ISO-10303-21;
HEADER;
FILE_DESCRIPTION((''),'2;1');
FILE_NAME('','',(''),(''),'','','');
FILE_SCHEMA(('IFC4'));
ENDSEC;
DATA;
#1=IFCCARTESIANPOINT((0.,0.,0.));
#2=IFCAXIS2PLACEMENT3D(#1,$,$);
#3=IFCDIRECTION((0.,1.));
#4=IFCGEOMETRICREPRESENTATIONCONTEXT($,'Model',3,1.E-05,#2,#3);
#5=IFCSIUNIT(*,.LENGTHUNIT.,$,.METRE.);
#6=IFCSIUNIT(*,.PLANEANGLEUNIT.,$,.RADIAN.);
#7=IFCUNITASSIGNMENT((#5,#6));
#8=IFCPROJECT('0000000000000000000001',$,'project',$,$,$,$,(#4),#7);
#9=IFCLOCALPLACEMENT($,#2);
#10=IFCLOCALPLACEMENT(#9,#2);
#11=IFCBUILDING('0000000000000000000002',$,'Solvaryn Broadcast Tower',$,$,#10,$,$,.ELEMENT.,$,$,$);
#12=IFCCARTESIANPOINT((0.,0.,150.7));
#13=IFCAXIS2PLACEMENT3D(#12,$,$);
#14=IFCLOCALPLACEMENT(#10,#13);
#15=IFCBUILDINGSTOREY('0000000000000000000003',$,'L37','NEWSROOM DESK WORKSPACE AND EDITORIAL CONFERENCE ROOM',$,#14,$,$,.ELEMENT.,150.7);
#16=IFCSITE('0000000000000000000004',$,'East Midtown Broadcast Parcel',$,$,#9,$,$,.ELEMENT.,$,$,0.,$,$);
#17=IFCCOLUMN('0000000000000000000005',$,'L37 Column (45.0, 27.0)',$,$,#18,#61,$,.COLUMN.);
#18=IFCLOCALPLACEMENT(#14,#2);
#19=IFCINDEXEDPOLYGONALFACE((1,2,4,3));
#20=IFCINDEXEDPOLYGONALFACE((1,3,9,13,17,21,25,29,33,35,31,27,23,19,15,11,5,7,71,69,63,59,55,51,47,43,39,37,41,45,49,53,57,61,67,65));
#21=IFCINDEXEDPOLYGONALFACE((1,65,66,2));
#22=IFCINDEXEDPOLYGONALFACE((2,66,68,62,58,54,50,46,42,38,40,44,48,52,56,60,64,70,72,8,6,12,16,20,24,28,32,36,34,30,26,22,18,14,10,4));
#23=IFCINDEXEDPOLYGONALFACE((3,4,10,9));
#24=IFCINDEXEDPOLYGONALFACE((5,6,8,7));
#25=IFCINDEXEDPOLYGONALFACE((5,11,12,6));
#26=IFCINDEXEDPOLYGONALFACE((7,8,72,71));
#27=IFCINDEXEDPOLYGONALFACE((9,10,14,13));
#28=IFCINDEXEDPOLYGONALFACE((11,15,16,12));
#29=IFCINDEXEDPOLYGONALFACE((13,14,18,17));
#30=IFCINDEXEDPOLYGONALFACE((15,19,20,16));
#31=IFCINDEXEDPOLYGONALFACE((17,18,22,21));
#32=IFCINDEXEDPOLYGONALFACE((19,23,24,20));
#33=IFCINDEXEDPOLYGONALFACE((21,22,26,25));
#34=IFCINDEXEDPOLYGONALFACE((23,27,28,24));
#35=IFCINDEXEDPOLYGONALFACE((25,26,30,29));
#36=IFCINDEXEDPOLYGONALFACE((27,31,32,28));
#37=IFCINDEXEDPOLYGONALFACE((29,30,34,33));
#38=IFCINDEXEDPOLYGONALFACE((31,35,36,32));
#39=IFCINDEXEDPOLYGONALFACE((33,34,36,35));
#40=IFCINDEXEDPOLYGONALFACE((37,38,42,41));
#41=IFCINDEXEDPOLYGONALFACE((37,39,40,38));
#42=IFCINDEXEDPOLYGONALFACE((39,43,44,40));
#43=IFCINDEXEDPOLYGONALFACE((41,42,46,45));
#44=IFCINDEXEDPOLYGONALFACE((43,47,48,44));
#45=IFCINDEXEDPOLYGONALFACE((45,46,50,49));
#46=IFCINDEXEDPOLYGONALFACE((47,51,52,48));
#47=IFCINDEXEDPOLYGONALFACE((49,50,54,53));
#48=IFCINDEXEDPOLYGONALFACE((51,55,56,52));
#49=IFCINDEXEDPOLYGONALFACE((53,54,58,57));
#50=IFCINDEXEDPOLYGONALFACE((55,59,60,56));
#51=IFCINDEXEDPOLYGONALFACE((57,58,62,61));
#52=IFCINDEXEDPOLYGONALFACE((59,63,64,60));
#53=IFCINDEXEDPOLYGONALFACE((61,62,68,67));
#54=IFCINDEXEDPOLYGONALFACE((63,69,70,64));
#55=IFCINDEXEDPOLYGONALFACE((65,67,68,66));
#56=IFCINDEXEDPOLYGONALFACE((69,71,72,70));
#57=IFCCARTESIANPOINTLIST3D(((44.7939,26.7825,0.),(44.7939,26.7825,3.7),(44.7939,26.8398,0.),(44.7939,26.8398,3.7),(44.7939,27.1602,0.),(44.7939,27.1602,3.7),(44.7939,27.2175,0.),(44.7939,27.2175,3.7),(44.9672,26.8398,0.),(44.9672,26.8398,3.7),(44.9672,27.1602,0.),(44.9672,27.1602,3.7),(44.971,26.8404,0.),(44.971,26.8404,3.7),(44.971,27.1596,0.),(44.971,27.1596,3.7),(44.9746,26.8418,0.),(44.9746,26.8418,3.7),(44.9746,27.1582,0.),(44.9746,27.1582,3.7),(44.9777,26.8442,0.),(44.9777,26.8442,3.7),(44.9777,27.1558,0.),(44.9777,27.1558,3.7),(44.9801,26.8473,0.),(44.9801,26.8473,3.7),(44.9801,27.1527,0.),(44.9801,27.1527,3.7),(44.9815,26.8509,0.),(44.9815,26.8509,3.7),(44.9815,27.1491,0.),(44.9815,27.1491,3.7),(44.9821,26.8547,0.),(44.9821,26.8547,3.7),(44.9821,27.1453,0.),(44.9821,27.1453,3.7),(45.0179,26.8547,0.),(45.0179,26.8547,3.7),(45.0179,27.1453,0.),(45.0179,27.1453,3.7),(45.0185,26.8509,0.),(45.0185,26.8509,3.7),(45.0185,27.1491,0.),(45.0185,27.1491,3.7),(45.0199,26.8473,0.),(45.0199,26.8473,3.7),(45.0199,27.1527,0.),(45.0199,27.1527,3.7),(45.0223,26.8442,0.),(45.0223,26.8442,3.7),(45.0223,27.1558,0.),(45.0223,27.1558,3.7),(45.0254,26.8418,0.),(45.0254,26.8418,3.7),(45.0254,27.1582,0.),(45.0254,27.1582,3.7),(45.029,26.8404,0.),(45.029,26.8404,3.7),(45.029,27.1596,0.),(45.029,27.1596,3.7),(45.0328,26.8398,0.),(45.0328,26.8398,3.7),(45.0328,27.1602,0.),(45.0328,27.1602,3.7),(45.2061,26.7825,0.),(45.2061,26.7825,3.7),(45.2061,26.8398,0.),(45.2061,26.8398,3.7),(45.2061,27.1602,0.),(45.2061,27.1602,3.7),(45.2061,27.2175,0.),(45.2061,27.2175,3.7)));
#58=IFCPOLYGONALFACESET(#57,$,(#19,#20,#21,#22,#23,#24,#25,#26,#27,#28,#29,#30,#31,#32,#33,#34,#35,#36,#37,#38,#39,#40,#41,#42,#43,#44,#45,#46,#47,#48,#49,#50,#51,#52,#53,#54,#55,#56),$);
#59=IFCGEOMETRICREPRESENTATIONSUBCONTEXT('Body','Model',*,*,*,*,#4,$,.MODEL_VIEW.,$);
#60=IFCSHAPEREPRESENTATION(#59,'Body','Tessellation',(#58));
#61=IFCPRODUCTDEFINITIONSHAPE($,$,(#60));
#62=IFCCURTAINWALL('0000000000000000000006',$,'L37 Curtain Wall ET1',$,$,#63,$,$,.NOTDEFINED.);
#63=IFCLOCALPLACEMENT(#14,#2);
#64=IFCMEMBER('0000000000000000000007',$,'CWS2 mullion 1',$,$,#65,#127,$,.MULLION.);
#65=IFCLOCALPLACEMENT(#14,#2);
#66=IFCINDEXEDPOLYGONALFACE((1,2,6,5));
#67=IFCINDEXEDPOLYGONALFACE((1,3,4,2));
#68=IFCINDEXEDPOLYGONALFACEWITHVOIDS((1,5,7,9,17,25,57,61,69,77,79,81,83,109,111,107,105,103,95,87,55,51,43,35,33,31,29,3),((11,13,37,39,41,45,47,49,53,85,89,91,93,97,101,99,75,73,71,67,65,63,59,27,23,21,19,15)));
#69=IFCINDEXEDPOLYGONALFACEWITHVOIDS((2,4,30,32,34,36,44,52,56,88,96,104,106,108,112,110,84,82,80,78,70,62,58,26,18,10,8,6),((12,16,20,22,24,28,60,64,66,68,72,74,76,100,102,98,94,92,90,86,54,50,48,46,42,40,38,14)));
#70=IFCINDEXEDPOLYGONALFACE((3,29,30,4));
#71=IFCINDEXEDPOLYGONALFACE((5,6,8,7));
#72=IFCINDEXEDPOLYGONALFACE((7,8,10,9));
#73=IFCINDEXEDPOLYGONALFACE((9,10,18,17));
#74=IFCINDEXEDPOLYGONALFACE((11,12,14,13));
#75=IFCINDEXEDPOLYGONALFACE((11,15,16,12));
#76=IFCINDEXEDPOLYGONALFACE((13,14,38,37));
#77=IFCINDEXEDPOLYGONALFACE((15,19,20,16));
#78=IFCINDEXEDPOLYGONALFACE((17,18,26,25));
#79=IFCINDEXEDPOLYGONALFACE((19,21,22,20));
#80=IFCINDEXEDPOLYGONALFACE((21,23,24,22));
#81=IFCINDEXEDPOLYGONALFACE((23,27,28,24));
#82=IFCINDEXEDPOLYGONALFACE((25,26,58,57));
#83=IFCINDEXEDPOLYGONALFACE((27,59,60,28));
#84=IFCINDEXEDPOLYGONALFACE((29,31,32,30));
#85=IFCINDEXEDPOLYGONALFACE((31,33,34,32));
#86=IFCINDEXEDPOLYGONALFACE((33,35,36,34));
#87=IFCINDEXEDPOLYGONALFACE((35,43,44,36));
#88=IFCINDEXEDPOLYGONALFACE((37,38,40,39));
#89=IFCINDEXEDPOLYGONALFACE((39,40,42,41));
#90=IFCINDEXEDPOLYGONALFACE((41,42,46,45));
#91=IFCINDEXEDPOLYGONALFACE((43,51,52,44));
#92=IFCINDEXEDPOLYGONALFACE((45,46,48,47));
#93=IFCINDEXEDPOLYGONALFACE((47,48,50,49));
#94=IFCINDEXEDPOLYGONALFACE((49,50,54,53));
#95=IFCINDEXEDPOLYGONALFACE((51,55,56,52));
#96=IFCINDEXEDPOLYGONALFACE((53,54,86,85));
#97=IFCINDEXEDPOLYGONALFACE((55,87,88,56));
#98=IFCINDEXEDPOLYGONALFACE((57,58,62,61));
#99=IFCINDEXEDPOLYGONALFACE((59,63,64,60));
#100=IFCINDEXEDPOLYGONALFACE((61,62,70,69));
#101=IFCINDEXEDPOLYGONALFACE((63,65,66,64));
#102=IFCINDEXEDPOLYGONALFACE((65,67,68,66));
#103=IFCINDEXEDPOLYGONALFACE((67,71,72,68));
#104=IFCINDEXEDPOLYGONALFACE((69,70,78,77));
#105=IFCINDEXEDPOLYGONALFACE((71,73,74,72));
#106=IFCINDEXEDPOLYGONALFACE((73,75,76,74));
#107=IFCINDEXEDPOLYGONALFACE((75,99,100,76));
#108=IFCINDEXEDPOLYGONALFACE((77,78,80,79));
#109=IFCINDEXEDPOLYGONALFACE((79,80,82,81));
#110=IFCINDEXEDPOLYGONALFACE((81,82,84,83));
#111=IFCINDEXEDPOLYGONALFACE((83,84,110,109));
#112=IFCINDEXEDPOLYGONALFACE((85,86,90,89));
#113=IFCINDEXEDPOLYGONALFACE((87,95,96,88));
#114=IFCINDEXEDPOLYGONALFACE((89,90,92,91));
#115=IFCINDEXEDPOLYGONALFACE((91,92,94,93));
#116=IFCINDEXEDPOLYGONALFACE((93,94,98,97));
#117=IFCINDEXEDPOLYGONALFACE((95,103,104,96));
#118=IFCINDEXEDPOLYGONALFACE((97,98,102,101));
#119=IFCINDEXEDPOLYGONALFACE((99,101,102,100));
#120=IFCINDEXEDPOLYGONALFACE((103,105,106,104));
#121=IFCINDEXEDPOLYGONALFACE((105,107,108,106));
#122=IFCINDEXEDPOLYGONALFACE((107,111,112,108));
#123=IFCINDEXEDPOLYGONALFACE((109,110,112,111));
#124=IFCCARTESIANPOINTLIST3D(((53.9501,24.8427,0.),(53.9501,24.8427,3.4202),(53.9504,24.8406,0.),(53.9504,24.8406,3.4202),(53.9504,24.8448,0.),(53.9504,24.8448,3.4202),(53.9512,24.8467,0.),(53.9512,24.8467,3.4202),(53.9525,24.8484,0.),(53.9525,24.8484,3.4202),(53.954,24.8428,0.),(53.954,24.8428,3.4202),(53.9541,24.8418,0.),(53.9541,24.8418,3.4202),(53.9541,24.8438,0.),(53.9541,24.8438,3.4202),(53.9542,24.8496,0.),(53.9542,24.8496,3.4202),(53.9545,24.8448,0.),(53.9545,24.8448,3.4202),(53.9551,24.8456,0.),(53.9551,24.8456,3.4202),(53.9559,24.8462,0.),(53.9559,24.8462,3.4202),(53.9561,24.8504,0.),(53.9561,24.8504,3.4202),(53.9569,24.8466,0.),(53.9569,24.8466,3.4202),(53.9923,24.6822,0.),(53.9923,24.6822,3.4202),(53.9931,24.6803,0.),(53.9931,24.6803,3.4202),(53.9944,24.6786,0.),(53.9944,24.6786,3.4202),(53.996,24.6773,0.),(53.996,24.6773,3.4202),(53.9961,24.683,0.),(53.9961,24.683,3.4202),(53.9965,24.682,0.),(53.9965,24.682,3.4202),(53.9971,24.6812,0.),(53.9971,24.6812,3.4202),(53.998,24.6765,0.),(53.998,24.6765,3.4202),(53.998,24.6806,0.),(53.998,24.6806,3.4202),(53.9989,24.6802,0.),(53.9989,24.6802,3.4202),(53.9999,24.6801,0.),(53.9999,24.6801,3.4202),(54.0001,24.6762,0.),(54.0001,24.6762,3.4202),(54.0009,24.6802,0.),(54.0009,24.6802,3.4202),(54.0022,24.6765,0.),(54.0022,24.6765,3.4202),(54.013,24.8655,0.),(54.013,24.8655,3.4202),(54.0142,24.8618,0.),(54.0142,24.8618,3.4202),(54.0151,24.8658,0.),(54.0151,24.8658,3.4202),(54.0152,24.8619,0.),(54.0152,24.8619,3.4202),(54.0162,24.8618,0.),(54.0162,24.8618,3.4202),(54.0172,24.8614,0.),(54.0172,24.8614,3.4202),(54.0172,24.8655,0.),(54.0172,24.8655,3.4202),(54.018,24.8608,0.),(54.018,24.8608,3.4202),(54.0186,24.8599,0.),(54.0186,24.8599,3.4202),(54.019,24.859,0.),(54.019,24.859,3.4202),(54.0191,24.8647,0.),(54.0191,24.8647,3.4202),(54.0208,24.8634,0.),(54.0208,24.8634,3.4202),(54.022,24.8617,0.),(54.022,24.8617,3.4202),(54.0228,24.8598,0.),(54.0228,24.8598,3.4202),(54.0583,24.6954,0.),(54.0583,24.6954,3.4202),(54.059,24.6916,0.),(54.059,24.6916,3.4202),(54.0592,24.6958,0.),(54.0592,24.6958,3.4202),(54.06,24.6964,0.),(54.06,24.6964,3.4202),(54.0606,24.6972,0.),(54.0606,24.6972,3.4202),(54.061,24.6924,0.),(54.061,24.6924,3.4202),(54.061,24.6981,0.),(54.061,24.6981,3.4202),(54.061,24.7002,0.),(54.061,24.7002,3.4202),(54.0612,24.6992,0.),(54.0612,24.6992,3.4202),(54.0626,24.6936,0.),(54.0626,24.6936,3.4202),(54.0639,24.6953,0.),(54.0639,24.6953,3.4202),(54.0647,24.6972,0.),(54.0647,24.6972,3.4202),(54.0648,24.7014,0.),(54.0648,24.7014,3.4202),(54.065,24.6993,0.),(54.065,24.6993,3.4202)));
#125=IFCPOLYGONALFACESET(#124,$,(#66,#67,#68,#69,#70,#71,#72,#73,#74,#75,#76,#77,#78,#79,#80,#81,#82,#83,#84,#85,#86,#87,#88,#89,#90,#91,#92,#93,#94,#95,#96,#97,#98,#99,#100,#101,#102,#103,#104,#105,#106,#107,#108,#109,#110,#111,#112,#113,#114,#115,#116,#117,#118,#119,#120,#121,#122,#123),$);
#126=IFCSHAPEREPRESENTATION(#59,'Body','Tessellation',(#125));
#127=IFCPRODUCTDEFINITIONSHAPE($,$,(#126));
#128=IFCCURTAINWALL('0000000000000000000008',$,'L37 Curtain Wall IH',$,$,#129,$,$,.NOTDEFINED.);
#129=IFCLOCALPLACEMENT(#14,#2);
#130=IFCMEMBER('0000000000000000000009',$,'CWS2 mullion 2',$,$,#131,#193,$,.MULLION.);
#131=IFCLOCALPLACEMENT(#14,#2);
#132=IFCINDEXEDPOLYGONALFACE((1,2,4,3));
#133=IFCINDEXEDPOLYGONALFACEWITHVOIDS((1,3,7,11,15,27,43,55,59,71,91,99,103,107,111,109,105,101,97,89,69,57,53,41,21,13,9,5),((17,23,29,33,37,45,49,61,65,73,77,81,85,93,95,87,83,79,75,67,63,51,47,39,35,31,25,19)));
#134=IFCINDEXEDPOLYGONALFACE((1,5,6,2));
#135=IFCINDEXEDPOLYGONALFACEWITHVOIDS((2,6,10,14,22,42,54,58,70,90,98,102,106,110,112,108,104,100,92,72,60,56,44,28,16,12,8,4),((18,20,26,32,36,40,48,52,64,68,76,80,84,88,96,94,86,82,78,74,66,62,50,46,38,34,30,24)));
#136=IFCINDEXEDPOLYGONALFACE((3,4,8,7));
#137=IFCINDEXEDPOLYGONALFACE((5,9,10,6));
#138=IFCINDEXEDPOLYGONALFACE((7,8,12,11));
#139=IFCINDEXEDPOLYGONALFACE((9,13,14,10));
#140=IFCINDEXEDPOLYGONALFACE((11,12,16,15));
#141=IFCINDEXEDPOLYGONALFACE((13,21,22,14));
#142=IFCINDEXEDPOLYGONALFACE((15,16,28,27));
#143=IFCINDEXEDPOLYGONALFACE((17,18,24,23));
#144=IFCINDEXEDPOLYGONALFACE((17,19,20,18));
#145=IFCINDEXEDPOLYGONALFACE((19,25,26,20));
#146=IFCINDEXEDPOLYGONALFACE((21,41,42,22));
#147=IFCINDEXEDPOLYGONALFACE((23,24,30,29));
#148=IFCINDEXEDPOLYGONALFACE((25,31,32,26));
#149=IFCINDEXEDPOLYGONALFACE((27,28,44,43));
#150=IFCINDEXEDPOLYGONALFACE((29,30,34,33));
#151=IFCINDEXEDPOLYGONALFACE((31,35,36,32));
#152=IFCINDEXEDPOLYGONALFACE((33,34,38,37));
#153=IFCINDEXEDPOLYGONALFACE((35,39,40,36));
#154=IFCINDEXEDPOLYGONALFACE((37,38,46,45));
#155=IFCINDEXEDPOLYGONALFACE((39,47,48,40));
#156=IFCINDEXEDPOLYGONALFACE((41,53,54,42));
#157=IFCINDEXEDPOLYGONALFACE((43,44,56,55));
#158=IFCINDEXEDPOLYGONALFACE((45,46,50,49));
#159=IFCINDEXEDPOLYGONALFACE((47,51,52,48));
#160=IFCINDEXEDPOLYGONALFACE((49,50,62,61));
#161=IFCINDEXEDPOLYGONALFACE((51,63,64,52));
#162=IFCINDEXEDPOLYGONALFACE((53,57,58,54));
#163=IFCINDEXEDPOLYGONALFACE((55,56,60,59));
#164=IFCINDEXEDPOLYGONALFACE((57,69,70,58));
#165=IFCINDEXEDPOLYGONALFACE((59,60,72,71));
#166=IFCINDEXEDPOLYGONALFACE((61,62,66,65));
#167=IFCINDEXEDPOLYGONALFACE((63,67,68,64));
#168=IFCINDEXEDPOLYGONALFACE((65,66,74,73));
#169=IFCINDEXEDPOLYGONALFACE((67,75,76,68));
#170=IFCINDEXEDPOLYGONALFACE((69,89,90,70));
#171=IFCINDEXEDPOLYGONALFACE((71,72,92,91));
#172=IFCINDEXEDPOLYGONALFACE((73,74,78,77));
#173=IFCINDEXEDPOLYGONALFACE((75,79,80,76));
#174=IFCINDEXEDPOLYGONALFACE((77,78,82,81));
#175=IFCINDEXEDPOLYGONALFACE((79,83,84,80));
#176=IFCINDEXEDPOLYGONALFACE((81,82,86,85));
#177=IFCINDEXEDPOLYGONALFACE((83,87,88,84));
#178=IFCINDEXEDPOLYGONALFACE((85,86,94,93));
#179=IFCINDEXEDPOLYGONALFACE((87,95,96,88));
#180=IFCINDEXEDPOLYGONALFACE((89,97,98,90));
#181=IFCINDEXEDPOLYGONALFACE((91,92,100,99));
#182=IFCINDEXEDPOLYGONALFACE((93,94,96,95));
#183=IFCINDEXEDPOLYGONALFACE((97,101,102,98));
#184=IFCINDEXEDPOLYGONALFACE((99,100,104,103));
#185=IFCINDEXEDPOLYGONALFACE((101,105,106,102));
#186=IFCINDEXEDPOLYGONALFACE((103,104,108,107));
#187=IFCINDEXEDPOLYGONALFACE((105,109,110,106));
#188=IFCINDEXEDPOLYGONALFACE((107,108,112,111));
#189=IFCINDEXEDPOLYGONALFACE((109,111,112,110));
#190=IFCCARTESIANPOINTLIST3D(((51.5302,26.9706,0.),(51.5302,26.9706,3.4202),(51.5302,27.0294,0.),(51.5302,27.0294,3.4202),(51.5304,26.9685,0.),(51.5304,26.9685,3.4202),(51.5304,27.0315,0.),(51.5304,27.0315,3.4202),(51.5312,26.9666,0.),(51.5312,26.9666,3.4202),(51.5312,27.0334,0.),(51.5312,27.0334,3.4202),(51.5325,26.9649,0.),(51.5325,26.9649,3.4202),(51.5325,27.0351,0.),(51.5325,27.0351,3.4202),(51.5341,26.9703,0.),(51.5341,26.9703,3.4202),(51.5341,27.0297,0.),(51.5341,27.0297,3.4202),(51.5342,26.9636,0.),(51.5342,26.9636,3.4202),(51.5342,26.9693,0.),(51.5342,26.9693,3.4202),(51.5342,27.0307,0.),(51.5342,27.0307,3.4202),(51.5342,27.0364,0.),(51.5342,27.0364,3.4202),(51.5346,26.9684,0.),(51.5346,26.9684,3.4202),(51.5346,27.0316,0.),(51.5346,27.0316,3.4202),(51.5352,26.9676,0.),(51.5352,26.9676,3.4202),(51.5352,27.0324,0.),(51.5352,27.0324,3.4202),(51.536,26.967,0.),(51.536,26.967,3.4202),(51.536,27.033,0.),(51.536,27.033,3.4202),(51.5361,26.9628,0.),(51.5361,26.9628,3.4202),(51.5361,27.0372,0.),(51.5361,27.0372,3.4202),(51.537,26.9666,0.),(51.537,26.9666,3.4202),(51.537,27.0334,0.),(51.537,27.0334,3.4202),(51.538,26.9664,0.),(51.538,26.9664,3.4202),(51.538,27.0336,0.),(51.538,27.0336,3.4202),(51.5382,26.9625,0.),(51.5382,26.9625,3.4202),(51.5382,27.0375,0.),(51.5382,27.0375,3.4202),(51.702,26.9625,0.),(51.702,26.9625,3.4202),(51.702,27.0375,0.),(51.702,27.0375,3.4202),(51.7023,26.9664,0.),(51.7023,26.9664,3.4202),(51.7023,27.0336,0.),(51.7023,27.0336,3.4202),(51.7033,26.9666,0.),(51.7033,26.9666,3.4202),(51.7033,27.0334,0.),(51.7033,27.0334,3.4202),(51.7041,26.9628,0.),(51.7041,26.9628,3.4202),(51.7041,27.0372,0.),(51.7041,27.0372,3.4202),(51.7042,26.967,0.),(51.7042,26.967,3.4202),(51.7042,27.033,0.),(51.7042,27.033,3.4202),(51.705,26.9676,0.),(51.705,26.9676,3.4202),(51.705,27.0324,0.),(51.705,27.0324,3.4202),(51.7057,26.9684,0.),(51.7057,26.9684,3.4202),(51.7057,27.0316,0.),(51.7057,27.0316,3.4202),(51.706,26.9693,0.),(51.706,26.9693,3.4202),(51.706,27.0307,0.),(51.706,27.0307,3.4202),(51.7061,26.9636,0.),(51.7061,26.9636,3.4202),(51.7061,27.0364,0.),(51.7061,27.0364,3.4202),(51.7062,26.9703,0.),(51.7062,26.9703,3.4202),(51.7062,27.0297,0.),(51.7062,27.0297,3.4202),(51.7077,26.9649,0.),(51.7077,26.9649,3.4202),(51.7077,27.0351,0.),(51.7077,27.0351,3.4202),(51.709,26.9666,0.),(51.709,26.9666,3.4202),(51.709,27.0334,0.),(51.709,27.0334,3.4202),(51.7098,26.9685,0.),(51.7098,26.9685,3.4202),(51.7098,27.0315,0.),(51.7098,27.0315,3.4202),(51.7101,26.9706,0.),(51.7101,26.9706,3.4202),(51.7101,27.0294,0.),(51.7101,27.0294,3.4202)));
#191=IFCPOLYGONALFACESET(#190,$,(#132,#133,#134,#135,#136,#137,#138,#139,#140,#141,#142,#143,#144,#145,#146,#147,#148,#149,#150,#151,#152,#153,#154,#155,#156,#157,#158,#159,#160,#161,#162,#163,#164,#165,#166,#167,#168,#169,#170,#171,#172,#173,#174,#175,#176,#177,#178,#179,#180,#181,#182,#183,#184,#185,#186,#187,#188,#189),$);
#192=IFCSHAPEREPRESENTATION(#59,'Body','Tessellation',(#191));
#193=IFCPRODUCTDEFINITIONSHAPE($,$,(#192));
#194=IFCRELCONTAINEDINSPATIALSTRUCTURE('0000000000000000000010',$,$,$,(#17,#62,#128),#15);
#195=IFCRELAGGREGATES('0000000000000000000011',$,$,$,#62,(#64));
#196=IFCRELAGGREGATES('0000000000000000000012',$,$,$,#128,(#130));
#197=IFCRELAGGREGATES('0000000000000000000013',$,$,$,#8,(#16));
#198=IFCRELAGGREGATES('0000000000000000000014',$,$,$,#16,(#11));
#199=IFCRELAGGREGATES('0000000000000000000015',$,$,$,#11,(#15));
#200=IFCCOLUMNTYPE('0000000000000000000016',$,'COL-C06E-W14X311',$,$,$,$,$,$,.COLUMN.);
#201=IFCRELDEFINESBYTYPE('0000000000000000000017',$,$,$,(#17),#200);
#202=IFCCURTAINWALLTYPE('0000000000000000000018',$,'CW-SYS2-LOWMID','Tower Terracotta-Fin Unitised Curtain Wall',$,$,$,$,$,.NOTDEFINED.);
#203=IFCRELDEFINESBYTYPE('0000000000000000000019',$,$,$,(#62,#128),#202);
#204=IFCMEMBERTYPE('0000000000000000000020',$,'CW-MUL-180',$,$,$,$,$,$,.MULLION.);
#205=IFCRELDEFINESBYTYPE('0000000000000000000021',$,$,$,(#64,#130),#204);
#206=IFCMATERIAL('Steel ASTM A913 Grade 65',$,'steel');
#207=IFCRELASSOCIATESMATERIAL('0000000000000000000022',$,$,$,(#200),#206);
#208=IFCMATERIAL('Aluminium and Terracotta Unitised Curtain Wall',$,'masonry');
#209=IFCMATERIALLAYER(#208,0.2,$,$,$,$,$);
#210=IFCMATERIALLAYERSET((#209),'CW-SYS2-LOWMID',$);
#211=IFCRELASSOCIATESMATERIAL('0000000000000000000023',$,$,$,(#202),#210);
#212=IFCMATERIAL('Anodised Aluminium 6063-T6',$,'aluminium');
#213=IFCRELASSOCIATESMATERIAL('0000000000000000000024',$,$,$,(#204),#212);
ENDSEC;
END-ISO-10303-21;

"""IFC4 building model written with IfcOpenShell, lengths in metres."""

from ifc_helpers import new_model, si_unit, direction, frame, origin, origin_2d, place, context, subcontext, project, spatial, hollow_rectangle, i_section, extrude, material, layer, layer_set, material_profile, profile_set, type_object, element, aggregate, save


model = new_model("IFC4")

# Units and contexts
model_context = context("Model", 3, precision=1e-05, world=origin(), true_north=direction((0.0, 1.0)))
body_context = subcontext(model_context, "Body", "Model", "MODEL_VIEW")
ifc_project = project(units=[si_unit("LENGTHUNIT", "METRE"), si_unit("PLANEANGLEUNIT", "RADIAN")], contexts=[model_context])

# Site, building, storey
site_placement = place(None, origin())
site = spatial("IfcSite", under=ifc_project, at=site_placement, Name="East Midtown Broadcast Parcel", CompositionType="ELEMENT", RefElevation=0.0)
building_placement = place(site_placement, origin())
building = spatial("IfcBuilding", under=site, at=building_placement, Name="Solvaryn Broadcast Tower", CompositionType="ELEMENT")
storey_placement = place(building_placement, frame((0.0, 0.0, 150.7)))
storey = spatial("IfcBuildingStorey", under=building, at=storey_placement, Name="L37", Description="NEWSROOM DESK WORKSPACE AND EDITORIAL CONFERENCE ROOM", CompositionType="ELEMENT", Elevation=150.7)

# Column
ifc_material_1 = material(Name="Steel ASTM A913 Grade 65", Category="steel")
ifc_material_profile_1 = material_profile(ifc_material_1, i_section(OverallWidth=0.4121, OverallDepth=0.4351, WebThickness=0.0359, FlangeThickness=0.0574, FilletRadius=0.0149, at=origin_2d()))
ifc_profile_set_1 = profile_set([ifc_material_profile_1], Name="Steel ASTM A913 Grade 65")
column_type = type_object("IfcColumnType", Name="COL-C06E-W14X311", PredefinedType="COLUMN", material=ifc_profile_set_1)
column_placement = place(storey_placement, frame((45.0, 27.0, 0.0), z_axis=(0.0, 0.0, 1.0), x_axis=(1.0, 0.0, 0.0)))
element("IfcColumn", 1, at=column_placement, inside=storey, type_object=column_type, Name="L37 Column (45.0, 27.0)", PredefinedType="COLUMN", context=body_context, shape_type="SweptSolid", body=[
    extrude(i_section(OverallWidth=0.4121, OverallDepth=0.4351, WebThickness=0.0359, FlangeThickness=0.0574, FilletRadius=0.0149, at=origin_2d()), origin(), (0.0, 0.0, 1.0), 3.7),
])

# Curtain walls, members
ifc_material_2 = material(Name="Aluminium and Terracotta Unitised Curtain Wall", Category="masonry")
ifc_layer_1 = layer(ifc_material_2, 0.2)
ifc_layer_set_1 = layer_set([ifc_layer_1], Name="CW-SYS2-LOWMID")
curtain_wall_type = type_object("IfcCurtainWallType", Name="CW-SYS2-LOWMID", Description="Tower Terracotta-Fin Unitised Curtain Wall", PredefinedType="NOTDEFINED", material=ifc_layer_set_1)
curtain_wall_1_placement = place(storey_placement, origin())
curtain_wall_1 = element("IfcCurtainWall", 2, at=curtain_wall_1_placement, inside=storey, type_object=curtain_wall_type, Name="L37 Curtain Wall ET1", PredefinedType="NOTDEFINED")
ifc_material_3 = material(Name="Anodised Aluminium 6063-T6", Category="aluminium")
ifc_material_profile_2 = material_profile(ifc_material_3, hollow_rectangle(XDim=0.075, YDim=0.1799, WallThickness=0.0039, InnerFilletRadius=0.0039, OuterFilletRadius=0.0081, at=origin_2d()))
ifc_profile_set_2 = profile_set([ifc_material_profile_2], Name="Anodised Aluminium 6063-T6")
member_type_1 = type_object("IfcMemberType", Name="CW-MUL-180", PredefinedType="MULLION", material=ifc_profile_set_2)
member_1_placement = place(storey_placement, frame((54.0076, 24.771, 0.0), z_axis=(0.0, 0.0, 1.0), x_axis=(0.966705, 0.255893, 0.0)))
member_1 = element("IfcMember", 3, at=member_1_placement, type_object=member_type_1, Name="CWS2 mullion 1", PredefinedType="MULLION", context=body_context, shape_type="SweptSolid", body=[
    extrude(hollow_rectangle(XDim=0.075, YDim=0.1799, WallThickness=0.0039, InnerFilletRadius=0.0039, OuterFilletRadius=0.0081, at=origin_2d()), origin(), (0.0, 0.0, 1.0), 3.4202),
])
curtain_wall_2_placement = place(storey_placement, origin())
curtain_wall_2 = element("IfcCurtainWall", 4, at=curtain_wall_2_placement, inside=storey, type_object=curtain_wall_type, Name="L37 Curtain Wall IH", PredefinedType="NOTDEFINED")
member_2_placement = place(storey_placement, frame((51.6201, 27.0, 0.0), z_axis=(0.0, 0.0, 1.0), x_axis=(0.0, 1.0, 0.0)))
member_2 = element("IfcMember", 5, at=member_2_placement, type_object=member_type_1, Name="CWS2 mullion 2", PredefinedType="MULLION", context=body_context, shape_type="SweptSolid", body=[
    extrude(hollow_rectangle(XDim=0.075, YDim=0.1799, WallThickness=0.0039, InnerFilletRadius=0.0039, OuterFilletRadius=0.0081, at=origin_2d()), origin(), (0.0, 0.0, 1.0), 3.4202),
])

aggregate(curtain_wall_1, [member_1])
aggregate(curtain_wall_2, [member_2])

save(model, "model.ifc")
